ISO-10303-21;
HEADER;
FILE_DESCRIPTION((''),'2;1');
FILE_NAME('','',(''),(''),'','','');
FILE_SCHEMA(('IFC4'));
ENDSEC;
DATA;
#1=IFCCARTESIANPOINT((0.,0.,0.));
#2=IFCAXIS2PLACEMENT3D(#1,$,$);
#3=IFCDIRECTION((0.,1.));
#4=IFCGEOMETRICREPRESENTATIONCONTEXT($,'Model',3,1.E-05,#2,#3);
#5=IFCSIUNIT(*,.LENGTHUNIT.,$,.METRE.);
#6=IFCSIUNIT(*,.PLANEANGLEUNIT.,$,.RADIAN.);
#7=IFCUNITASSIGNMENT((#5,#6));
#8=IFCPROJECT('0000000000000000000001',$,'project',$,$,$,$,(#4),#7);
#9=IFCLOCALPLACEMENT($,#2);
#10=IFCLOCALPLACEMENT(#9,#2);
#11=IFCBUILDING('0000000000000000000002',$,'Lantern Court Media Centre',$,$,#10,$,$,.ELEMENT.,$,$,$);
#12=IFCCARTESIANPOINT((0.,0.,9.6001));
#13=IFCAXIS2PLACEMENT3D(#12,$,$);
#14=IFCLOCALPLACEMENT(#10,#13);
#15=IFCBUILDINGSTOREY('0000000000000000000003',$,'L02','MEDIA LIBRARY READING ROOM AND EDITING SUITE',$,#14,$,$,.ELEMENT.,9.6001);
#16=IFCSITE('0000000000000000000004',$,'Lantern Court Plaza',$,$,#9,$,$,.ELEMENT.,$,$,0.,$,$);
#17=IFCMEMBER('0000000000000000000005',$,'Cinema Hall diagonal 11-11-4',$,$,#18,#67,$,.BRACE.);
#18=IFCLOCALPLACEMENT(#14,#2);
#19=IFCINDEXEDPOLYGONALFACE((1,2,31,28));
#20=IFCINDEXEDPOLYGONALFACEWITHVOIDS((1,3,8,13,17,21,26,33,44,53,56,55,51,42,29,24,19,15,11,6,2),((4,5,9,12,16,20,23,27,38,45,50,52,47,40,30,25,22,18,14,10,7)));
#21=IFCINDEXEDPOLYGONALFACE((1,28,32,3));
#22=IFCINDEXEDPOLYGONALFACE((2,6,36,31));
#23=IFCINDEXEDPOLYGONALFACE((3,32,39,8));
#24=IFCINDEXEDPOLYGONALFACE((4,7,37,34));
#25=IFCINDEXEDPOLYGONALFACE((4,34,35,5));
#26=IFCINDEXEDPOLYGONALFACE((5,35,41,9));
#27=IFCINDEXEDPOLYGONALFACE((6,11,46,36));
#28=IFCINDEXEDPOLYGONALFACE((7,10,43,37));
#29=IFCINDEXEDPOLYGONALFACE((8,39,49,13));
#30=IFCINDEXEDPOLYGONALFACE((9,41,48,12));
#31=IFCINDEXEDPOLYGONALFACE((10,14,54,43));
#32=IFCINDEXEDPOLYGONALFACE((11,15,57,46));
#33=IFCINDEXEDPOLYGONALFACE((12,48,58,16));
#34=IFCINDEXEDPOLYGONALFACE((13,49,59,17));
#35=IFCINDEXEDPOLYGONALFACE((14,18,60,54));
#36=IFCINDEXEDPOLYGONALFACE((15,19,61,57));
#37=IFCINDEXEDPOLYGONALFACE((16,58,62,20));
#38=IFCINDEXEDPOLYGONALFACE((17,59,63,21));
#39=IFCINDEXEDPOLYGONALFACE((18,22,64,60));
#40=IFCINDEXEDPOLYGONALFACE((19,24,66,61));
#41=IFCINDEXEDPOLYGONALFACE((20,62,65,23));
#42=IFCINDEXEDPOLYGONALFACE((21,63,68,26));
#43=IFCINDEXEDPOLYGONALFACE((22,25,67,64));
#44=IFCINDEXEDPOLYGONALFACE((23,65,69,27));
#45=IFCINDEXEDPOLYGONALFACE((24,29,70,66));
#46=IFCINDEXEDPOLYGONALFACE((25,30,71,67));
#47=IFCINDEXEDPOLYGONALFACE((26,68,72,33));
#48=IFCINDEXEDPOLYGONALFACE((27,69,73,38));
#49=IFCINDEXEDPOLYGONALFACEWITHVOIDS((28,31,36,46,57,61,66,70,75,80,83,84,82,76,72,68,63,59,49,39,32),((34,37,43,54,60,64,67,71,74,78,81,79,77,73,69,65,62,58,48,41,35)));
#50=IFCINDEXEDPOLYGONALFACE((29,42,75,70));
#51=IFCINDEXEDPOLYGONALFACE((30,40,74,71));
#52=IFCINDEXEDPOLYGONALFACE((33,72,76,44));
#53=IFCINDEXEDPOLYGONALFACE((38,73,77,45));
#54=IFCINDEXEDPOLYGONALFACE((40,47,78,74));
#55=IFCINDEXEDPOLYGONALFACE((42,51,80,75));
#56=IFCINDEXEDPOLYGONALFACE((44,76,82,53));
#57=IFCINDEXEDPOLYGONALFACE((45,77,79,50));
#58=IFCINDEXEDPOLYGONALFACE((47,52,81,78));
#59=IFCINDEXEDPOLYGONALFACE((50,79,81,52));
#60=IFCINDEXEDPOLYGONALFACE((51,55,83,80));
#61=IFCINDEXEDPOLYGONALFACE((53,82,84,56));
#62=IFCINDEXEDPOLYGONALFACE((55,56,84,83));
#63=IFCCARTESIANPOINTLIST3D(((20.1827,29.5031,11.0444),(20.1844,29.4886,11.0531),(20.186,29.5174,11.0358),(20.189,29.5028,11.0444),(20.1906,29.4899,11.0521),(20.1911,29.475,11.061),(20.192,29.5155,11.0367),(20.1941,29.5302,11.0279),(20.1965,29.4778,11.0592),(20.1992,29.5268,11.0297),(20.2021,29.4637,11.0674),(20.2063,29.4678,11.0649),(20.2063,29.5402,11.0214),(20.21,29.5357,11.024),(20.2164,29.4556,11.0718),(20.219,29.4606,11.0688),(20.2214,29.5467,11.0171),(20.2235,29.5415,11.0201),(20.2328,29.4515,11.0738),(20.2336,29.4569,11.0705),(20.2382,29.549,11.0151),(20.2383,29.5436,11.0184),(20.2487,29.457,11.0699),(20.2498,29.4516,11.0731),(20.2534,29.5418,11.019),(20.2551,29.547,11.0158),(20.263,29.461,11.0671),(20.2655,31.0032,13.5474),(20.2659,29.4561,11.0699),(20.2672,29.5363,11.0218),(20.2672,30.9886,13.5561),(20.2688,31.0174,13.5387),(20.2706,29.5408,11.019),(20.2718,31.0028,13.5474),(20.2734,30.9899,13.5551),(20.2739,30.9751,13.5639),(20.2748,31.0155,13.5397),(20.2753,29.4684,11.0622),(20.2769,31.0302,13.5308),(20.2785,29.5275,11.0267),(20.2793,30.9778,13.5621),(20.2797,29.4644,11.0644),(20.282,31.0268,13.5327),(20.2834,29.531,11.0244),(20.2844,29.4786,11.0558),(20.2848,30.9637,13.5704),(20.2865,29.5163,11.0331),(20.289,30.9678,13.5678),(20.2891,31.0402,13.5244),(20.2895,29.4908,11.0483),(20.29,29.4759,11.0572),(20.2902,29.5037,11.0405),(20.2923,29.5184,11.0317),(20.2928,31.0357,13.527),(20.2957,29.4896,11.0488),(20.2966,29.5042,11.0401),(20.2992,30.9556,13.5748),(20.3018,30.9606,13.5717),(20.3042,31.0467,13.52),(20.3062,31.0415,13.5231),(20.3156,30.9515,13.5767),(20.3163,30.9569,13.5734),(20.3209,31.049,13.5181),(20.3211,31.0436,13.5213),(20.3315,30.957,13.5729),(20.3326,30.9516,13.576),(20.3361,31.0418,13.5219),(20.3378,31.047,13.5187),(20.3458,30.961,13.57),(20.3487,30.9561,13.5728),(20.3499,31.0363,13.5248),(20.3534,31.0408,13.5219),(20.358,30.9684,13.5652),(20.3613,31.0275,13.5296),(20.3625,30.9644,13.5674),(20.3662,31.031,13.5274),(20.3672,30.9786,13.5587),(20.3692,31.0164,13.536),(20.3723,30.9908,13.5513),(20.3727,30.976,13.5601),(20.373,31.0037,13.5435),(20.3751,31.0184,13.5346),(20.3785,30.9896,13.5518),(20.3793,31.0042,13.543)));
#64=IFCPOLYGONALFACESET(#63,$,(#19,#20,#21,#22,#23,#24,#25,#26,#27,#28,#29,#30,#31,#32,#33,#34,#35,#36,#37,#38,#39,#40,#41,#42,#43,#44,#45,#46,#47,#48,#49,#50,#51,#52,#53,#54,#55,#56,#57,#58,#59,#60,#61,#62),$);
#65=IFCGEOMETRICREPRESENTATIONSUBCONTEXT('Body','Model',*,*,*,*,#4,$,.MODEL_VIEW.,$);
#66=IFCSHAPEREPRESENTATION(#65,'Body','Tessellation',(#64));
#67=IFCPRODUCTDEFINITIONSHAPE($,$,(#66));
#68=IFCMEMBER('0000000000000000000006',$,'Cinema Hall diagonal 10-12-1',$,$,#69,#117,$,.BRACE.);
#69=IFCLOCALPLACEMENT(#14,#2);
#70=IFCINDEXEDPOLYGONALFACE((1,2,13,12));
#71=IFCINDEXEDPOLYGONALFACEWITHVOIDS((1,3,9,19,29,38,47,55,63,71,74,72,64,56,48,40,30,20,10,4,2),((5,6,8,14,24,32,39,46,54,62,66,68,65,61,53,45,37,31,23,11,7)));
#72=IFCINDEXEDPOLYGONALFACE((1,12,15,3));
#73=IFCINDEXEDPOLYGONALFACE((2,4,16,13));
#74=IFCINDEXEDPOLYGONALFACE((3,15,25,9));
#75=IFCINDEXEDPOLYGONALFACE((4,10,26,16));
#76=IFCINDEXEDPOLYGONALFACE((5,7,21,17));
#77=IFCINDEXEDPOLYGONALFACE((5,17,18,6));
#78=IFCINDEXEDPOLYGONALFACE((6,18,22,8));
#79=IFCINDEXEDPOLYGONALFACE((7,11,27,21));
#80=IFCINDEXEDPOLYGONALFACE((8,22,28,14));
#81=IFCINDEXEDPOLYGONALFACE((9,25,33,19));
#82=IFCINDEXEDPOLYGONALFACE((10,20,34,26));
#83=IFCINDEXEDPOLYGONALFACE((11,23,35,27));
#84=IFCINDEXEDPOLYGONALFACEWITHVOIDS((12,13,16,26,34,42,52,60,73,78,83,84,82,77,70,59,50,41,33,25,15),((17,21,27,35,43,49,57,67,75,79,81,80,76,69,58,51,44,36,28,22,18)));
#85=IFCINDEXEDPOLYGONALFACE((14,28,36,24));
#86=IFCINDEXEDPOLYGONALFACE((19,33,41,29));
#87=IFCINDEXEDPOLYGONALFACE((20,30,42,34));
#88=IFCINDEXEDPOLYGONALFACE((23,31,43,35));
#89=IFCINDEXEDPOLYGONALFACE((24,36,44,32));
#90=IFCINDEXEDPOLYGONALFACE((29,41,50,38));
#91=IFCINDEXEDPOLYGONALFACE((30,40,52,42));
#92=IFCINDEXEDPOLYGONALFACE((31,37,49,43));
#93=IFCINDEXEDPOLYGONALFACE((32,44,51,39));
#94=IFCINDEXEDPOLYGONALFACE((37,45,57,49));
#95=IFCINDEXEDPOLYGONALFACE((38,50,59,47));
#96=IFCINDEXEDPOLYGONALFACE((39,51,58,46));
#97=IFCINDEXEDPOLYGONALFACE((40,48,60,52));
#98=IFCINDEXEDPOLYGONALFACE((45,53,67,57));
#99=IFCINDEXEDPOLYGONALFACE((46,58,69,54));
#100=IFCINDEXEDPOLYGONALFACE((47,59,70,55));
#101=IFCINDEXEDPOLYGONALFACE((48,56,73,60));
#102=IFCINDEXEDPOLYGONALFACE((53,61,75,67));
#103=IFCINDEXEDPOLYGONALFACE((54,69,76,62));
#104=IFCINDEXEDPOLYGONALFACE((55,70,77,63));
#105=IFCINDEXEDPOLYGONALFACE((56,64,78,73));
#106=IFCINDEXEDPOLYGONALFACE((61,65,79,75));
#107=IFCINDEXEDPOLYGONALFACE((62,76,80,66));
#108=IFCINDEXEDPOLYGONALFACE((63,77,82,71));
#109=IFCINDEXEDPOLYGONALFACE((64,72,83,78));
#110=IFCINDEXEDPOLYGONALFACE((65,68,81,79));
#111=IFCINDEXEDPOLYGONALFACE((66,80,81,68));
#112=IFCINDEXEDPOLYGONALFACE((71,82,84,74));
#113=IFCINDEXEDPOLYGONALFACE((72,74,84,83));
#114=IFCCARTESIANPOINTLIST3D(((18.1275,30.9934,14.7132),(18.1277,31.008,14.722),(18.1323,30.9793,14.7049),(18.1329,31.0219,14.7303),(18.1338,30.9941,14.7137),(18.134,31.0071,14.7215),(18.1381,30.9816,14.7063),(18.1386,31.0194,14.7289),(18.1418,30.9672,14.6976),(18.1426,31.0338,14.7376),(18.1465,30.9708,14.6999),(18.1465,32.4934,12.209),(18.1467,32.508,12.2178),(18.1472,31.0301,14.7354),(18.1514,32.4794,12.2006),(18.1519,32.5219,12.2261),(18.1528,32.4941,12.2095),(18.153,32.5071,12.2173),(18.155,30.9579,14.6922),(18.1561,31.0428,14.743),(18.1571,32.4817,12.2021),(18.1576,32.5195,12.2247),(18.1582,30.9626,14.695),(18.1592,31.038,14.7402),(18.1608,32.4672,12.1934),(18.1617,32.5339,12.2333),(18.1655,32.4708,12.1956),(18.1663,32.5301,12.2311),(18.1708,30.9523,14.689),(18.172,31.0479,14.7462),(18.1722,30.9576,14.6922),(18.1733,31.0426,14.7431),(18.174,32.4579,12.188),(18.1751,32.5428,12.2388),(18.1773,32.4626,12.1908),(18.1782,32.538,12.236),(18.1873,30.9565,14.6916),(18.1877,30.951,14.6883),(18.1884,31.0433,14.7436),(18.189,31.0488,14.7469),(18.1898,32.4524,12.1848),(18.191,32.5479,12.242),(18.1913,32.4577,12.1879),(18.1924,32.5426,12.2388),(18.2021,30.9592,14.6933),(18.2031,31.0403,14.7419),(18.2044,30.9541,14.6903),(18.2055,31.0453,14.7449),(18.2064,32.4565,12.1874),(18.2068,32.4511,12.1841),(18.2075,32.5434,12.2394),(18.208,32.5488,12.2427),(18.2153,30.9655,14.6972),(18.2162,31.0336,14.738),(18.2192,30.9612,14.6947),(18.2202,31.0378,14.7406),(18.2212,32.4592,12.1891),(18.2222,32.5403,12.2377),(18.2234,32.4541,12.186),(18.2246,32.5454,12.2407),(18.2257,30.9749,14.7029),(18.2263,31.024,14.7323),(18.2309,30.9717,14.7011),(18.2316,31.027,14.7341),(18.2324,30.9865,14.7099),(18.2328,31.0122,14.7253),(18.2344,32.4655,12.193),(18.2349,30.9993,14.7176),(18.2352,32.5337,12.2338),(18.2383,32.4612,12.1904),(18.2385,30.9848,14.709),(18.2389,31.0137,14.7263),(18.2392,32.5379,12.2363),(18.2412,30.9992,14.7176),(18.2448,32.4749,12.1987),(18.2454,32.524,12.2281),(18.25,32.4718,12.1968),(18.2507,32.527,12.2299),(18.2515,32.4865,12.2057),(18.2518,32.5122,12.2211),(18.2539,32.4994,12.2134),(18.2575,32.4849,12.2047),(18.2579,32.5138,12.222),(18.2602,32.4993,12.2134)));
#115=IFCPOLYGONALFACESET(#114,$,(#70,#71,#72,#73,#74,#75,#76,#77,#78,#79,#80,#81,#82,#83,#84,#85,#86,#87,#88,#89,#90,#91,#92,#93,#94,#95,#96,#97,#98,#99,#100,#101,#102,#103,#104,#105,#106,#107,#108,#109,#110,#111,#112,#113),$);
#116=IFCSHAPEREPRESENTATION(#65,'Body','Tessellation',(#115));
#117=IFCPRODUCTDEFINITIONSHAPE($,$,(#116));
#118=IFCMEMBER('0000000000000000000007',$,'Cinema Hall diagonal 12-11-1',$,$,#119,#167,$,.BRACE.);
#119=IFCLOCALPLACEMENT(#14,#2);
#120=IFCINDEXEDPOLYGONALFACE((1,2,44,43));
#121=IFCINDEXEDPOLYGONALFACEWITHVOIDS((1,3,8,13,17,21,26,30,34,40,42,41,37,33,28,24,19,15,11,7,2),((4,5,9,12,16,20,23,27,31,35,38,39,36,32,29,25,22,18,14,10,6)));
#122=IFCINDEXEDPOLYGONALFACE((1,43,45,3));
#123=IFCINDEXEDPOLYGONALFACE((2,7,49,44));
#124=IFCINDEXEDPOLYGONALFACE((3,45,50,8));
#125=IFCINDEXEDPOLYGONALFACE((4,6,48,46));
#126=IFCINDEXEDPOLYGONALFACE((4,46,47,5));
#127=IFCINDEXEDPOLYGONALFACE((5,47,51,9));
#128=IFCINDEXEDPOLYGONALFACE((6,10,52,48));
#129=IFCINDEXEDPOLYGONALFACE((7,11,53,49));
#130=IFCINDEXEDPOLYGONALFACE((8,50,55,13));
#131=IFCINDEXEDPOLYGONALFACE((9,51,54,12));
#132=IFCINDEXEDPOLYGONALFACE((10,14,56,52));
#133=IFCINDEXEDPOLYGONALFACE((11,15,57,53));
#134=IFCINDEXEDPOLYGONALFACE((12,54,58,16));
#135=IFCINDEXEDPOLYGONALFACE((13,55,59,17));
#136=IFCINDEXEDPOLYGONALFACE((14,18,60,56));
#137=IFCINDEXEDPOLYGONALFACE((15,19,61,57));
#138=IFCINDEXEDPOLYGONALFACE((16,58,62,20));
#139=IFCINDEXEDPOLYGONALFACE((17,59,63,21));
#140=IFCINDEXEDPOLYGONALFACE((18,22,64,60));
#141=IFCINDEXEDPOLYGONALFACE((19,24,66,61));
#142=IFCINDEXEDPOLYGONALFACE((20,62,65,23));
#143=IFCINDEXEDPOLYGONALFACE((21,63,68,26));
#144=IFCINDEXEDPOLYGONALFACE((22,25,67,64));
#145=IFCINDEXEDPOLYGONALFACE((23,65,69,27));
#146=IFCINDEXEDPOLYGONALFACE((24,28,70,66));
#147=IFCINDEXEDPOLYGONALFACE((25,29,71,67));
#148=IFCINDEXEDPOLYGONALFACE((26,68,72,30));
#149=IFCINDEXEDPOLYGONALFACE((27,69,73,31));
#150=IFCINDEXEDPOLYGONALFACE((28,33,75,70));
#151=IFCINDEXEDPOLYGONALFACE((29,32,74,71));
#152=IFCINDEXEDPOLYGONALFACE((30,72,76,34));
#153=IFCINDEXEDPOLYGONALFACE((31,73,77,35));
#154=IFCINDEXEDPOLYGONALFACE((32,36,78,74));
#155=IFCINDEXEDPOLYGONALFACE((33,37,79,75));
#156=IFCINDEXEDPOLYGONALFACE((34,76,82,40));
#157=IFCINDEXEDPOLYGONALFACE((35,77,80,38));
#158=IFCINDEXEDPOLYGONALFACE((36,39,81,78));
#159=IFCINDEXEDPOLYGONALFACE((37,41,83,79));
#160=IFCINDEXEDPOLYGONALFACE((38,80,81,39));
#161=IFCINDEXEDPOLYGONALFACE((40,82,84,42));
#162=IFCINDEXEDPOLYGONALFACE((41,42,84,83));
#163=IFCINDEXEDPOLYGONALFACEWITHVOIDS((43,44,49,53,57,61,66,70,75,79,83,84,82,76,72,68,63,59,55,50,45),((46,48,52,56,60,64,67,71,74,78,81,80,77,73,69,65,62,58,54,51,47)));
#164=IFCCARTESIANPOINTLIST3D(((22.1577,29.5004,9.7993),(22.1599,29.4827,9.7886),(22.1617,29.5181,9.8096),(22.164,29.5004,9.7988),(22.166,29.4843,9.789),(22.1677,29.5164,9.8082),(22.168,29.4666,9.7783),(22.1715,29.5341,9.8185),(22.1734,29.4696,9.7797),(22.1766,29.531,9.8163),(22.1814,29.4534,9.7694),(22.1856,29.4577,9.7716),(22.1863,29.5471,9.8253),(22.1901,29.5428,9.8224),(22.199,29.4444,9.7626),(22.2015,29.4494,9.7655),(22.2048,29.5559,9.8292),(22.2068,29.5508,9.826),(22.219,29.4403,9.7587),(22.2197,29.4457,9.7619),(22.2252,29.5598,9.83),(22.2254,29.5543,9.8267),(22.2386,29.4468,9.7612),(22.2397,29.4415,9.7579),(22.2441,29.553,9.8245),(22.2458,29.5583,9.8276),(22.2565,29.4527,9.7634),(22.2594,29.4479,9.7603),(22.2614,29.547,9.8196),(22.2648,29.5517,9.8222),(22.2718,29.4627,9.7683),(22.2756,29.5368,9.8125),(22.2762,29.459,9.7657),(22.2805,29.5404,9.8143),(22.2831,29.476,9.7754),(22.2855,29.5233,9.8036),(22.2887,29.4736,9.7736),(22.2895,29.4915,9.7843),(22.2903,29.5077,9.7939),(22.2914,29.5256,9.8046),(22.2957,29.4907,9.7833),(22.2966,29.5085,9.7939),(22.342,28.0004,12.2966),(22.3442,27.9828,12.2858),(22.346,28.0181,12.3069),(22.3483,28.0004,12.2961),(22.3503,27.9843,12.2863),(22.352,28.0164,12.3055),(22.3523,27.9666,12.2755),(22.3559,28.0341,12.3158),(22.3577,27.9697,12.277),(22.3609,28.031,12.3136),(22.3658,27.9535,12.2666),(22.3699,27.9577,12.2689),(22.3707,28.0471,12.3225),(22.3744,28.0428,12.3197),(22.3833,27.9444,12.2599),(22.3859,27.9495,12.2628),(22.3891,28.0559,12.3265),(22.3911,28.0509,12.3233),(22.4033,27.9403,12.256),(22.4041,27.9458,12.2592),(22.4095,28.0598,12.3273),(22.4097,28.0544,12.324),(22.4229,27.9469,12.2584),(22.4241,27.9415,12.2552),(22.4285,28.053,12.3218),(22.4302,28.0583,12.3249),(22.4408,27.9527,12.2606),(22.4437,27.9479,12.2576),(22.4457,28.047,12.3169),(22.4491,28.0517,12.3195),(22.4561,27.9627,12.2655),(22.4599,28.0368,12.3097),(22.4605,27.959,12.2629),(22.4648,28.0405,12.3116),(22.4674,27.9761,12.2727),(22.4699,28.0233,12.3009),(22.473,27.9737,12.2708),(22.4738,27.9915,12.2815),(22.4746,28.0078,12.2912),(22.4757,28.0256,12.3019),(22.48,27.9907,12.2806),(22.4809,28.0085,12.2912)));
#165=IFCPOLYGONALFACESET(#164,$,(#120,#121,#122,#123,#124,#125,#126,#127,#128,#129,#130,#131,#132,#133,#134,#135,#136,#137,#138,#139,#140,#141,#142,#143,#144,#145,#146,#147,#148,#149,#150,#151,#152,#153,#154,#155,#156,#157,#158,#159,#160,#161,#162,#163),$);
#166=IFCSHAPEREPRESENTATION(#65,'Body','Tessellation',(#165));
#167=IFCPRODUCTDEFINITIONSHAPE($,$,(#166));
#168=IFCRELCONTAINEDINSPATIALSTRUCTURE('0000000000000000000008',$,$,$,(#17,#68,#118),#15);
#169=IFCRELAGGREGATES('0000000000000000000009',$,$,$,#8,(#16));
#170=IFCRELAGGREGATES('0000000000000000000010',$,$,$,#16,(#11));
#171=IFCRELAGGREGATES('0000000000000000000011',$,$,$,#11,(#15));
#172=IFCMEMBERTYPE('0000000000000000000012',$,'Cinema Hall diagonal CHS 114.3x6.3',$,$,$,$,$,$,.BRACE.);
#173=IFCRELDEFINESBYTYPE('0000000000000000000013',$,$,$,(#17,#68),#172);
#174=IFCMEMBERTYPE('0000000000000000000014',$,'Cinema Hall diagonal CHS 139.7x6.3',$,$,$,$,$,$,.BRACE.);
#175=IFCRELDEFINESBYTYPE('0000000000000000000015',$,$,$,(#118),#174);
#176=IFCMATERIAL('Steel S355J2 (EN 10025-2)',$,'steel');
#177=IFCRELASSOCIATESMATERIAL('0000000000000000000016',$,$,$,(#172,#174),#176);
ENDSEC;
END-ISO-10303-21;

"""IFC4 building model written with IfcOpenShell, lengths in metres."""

from ifc_helpers import new_model, si_unit, direction, frame, origin, origin_2d, place, context, subcontext, project, spatial, hollow_circle, extrude, material, material_profile, profile_set, type_object, element, save


model = new_model("IFC4")

# Units and contexts
model_context = context("Model", 3, precision=1e-05, world=origin(), true_north=direction((0.0, 1.0)))
body_context = subcontext(model_context, "Body", "Model", "MODEL_VIEW")
ifc_project = project(units=[si_unit("LENGTHUNIT", "METRE"), si_unit("PLANEANGLEUNIT", "RADIAN")], contexts=[model_context])

# Site, building, storey
site_placement = place(None, origin())
site = spatial("IfcSite", under=ifc_project, at=site_placement, Name="Lantern Court Plaza", CompositionType="ELEMENT", RefElevation=0.0)
building_placement = place(site_placement, origin())
building = spatial("IfcBuilding", under=site, at=building_placement, Name="Lantern Court Media Centre", CompositionType="ELEMENT")
storey_placement = place(building_placement, frame((0.0, 0.0, 9.6001)))
storey = spatial("IfcBuildingStorey", under=building, at=storey_placement, Name="L02", Description="MEDIA LIBRARY READING ROOM AND EDITING SUITE", CompositionType="ELEMENT", Elevation=9.6001)

# Members
ifc_material = material(Name="Steel S355J2 (EN 10025-2)", Category="steel")
ifc_material_profile_1 = material_profile(ifc_material, hollow_circle(Radius=0.0571, WallThickness=0.0063, at=origin_2d()), Name="Cinema Hall diagonal CHS 114.3x6.3")
ifc_profile_set_1 = profile_set([ifc_material_profile_1], Name="Steel S355J2 (EN 10025-2)")
member_type_1 = type_object("IfcMemberType", Name="Cinema Hall diagonal CHS 114.3x6.3", PredefinedType="BRACE", material=ifc_profile_set_1)
for number, where, z_axis, x_axis, name in (
    (1, (20.2397, 29.5, 11.0444), (0.028352, 0.513846, 0.857414), (-0.998481, 0.055092, 0.0), "Cinema Hall diagonal 11-11-4"),
    (2, (18.2031, 32.5, 12.2134), (-0.006524, -0.513857, 0.857851), (0.999919, -0.012694, 0.0), "Cinema Hall diagonal 10-12-1"),
):
    element("IfcMember", number, at=place(storey_placement, frame(where, z_axis=z_axis, x_axis=x_axis)), inside=storey, type_object=member_type_1, Name=name, PredefinedType="BRACE", context=body_context, shape_type="SweptSolid", body=[
        extrude(hollow_circle(Radius=0.0571, WallThickness=0.0063, at=origin_2d()), origin(), (0.0, 0.0, 1.0), 2.9192),
    ])
ifc_material_profile_2 = material_profile(ifc_material, hollow_circle(Radius=0.0698, WallThickness=0.0063, at=origin_2d()), Name="Cinema Hall diagonal CHS 139.7x6.3")
ifc_profile_set_2 = profile_set([ifc_material_profile_2], Name="Steel S355J2 (EN 10025-2)")
member_type_2 = type_object("IfcMemberType", Name="Cinema Hall diagonal CHS 139.7x6.3", PredefinedType="BRACE", material=ifc_profile_set_2)
member_1_placement = place(storey_placement, frame((22.2273, 29.5, 9.7939), z_axis=(0.063147, -0.513875, 0.855538), x_axis=(0.992534, 0.121967, 0.0)))
element("IfcMember", 3, at=member_1_placement, inside=storey, type_object=member_type_2, Name="Cinema Hall diagonal 12-11-1", PredefinedType="BRACE", context=body_context, shape_type="SweptSolid", body=[
    extrude(hollow_circle(Radius=0.0698, WallThickness=0.0063, at=origin_2d()), origin(), (0.0, 0.0, 1.0), 2.9189),
])

save(model, "model.ifc")
